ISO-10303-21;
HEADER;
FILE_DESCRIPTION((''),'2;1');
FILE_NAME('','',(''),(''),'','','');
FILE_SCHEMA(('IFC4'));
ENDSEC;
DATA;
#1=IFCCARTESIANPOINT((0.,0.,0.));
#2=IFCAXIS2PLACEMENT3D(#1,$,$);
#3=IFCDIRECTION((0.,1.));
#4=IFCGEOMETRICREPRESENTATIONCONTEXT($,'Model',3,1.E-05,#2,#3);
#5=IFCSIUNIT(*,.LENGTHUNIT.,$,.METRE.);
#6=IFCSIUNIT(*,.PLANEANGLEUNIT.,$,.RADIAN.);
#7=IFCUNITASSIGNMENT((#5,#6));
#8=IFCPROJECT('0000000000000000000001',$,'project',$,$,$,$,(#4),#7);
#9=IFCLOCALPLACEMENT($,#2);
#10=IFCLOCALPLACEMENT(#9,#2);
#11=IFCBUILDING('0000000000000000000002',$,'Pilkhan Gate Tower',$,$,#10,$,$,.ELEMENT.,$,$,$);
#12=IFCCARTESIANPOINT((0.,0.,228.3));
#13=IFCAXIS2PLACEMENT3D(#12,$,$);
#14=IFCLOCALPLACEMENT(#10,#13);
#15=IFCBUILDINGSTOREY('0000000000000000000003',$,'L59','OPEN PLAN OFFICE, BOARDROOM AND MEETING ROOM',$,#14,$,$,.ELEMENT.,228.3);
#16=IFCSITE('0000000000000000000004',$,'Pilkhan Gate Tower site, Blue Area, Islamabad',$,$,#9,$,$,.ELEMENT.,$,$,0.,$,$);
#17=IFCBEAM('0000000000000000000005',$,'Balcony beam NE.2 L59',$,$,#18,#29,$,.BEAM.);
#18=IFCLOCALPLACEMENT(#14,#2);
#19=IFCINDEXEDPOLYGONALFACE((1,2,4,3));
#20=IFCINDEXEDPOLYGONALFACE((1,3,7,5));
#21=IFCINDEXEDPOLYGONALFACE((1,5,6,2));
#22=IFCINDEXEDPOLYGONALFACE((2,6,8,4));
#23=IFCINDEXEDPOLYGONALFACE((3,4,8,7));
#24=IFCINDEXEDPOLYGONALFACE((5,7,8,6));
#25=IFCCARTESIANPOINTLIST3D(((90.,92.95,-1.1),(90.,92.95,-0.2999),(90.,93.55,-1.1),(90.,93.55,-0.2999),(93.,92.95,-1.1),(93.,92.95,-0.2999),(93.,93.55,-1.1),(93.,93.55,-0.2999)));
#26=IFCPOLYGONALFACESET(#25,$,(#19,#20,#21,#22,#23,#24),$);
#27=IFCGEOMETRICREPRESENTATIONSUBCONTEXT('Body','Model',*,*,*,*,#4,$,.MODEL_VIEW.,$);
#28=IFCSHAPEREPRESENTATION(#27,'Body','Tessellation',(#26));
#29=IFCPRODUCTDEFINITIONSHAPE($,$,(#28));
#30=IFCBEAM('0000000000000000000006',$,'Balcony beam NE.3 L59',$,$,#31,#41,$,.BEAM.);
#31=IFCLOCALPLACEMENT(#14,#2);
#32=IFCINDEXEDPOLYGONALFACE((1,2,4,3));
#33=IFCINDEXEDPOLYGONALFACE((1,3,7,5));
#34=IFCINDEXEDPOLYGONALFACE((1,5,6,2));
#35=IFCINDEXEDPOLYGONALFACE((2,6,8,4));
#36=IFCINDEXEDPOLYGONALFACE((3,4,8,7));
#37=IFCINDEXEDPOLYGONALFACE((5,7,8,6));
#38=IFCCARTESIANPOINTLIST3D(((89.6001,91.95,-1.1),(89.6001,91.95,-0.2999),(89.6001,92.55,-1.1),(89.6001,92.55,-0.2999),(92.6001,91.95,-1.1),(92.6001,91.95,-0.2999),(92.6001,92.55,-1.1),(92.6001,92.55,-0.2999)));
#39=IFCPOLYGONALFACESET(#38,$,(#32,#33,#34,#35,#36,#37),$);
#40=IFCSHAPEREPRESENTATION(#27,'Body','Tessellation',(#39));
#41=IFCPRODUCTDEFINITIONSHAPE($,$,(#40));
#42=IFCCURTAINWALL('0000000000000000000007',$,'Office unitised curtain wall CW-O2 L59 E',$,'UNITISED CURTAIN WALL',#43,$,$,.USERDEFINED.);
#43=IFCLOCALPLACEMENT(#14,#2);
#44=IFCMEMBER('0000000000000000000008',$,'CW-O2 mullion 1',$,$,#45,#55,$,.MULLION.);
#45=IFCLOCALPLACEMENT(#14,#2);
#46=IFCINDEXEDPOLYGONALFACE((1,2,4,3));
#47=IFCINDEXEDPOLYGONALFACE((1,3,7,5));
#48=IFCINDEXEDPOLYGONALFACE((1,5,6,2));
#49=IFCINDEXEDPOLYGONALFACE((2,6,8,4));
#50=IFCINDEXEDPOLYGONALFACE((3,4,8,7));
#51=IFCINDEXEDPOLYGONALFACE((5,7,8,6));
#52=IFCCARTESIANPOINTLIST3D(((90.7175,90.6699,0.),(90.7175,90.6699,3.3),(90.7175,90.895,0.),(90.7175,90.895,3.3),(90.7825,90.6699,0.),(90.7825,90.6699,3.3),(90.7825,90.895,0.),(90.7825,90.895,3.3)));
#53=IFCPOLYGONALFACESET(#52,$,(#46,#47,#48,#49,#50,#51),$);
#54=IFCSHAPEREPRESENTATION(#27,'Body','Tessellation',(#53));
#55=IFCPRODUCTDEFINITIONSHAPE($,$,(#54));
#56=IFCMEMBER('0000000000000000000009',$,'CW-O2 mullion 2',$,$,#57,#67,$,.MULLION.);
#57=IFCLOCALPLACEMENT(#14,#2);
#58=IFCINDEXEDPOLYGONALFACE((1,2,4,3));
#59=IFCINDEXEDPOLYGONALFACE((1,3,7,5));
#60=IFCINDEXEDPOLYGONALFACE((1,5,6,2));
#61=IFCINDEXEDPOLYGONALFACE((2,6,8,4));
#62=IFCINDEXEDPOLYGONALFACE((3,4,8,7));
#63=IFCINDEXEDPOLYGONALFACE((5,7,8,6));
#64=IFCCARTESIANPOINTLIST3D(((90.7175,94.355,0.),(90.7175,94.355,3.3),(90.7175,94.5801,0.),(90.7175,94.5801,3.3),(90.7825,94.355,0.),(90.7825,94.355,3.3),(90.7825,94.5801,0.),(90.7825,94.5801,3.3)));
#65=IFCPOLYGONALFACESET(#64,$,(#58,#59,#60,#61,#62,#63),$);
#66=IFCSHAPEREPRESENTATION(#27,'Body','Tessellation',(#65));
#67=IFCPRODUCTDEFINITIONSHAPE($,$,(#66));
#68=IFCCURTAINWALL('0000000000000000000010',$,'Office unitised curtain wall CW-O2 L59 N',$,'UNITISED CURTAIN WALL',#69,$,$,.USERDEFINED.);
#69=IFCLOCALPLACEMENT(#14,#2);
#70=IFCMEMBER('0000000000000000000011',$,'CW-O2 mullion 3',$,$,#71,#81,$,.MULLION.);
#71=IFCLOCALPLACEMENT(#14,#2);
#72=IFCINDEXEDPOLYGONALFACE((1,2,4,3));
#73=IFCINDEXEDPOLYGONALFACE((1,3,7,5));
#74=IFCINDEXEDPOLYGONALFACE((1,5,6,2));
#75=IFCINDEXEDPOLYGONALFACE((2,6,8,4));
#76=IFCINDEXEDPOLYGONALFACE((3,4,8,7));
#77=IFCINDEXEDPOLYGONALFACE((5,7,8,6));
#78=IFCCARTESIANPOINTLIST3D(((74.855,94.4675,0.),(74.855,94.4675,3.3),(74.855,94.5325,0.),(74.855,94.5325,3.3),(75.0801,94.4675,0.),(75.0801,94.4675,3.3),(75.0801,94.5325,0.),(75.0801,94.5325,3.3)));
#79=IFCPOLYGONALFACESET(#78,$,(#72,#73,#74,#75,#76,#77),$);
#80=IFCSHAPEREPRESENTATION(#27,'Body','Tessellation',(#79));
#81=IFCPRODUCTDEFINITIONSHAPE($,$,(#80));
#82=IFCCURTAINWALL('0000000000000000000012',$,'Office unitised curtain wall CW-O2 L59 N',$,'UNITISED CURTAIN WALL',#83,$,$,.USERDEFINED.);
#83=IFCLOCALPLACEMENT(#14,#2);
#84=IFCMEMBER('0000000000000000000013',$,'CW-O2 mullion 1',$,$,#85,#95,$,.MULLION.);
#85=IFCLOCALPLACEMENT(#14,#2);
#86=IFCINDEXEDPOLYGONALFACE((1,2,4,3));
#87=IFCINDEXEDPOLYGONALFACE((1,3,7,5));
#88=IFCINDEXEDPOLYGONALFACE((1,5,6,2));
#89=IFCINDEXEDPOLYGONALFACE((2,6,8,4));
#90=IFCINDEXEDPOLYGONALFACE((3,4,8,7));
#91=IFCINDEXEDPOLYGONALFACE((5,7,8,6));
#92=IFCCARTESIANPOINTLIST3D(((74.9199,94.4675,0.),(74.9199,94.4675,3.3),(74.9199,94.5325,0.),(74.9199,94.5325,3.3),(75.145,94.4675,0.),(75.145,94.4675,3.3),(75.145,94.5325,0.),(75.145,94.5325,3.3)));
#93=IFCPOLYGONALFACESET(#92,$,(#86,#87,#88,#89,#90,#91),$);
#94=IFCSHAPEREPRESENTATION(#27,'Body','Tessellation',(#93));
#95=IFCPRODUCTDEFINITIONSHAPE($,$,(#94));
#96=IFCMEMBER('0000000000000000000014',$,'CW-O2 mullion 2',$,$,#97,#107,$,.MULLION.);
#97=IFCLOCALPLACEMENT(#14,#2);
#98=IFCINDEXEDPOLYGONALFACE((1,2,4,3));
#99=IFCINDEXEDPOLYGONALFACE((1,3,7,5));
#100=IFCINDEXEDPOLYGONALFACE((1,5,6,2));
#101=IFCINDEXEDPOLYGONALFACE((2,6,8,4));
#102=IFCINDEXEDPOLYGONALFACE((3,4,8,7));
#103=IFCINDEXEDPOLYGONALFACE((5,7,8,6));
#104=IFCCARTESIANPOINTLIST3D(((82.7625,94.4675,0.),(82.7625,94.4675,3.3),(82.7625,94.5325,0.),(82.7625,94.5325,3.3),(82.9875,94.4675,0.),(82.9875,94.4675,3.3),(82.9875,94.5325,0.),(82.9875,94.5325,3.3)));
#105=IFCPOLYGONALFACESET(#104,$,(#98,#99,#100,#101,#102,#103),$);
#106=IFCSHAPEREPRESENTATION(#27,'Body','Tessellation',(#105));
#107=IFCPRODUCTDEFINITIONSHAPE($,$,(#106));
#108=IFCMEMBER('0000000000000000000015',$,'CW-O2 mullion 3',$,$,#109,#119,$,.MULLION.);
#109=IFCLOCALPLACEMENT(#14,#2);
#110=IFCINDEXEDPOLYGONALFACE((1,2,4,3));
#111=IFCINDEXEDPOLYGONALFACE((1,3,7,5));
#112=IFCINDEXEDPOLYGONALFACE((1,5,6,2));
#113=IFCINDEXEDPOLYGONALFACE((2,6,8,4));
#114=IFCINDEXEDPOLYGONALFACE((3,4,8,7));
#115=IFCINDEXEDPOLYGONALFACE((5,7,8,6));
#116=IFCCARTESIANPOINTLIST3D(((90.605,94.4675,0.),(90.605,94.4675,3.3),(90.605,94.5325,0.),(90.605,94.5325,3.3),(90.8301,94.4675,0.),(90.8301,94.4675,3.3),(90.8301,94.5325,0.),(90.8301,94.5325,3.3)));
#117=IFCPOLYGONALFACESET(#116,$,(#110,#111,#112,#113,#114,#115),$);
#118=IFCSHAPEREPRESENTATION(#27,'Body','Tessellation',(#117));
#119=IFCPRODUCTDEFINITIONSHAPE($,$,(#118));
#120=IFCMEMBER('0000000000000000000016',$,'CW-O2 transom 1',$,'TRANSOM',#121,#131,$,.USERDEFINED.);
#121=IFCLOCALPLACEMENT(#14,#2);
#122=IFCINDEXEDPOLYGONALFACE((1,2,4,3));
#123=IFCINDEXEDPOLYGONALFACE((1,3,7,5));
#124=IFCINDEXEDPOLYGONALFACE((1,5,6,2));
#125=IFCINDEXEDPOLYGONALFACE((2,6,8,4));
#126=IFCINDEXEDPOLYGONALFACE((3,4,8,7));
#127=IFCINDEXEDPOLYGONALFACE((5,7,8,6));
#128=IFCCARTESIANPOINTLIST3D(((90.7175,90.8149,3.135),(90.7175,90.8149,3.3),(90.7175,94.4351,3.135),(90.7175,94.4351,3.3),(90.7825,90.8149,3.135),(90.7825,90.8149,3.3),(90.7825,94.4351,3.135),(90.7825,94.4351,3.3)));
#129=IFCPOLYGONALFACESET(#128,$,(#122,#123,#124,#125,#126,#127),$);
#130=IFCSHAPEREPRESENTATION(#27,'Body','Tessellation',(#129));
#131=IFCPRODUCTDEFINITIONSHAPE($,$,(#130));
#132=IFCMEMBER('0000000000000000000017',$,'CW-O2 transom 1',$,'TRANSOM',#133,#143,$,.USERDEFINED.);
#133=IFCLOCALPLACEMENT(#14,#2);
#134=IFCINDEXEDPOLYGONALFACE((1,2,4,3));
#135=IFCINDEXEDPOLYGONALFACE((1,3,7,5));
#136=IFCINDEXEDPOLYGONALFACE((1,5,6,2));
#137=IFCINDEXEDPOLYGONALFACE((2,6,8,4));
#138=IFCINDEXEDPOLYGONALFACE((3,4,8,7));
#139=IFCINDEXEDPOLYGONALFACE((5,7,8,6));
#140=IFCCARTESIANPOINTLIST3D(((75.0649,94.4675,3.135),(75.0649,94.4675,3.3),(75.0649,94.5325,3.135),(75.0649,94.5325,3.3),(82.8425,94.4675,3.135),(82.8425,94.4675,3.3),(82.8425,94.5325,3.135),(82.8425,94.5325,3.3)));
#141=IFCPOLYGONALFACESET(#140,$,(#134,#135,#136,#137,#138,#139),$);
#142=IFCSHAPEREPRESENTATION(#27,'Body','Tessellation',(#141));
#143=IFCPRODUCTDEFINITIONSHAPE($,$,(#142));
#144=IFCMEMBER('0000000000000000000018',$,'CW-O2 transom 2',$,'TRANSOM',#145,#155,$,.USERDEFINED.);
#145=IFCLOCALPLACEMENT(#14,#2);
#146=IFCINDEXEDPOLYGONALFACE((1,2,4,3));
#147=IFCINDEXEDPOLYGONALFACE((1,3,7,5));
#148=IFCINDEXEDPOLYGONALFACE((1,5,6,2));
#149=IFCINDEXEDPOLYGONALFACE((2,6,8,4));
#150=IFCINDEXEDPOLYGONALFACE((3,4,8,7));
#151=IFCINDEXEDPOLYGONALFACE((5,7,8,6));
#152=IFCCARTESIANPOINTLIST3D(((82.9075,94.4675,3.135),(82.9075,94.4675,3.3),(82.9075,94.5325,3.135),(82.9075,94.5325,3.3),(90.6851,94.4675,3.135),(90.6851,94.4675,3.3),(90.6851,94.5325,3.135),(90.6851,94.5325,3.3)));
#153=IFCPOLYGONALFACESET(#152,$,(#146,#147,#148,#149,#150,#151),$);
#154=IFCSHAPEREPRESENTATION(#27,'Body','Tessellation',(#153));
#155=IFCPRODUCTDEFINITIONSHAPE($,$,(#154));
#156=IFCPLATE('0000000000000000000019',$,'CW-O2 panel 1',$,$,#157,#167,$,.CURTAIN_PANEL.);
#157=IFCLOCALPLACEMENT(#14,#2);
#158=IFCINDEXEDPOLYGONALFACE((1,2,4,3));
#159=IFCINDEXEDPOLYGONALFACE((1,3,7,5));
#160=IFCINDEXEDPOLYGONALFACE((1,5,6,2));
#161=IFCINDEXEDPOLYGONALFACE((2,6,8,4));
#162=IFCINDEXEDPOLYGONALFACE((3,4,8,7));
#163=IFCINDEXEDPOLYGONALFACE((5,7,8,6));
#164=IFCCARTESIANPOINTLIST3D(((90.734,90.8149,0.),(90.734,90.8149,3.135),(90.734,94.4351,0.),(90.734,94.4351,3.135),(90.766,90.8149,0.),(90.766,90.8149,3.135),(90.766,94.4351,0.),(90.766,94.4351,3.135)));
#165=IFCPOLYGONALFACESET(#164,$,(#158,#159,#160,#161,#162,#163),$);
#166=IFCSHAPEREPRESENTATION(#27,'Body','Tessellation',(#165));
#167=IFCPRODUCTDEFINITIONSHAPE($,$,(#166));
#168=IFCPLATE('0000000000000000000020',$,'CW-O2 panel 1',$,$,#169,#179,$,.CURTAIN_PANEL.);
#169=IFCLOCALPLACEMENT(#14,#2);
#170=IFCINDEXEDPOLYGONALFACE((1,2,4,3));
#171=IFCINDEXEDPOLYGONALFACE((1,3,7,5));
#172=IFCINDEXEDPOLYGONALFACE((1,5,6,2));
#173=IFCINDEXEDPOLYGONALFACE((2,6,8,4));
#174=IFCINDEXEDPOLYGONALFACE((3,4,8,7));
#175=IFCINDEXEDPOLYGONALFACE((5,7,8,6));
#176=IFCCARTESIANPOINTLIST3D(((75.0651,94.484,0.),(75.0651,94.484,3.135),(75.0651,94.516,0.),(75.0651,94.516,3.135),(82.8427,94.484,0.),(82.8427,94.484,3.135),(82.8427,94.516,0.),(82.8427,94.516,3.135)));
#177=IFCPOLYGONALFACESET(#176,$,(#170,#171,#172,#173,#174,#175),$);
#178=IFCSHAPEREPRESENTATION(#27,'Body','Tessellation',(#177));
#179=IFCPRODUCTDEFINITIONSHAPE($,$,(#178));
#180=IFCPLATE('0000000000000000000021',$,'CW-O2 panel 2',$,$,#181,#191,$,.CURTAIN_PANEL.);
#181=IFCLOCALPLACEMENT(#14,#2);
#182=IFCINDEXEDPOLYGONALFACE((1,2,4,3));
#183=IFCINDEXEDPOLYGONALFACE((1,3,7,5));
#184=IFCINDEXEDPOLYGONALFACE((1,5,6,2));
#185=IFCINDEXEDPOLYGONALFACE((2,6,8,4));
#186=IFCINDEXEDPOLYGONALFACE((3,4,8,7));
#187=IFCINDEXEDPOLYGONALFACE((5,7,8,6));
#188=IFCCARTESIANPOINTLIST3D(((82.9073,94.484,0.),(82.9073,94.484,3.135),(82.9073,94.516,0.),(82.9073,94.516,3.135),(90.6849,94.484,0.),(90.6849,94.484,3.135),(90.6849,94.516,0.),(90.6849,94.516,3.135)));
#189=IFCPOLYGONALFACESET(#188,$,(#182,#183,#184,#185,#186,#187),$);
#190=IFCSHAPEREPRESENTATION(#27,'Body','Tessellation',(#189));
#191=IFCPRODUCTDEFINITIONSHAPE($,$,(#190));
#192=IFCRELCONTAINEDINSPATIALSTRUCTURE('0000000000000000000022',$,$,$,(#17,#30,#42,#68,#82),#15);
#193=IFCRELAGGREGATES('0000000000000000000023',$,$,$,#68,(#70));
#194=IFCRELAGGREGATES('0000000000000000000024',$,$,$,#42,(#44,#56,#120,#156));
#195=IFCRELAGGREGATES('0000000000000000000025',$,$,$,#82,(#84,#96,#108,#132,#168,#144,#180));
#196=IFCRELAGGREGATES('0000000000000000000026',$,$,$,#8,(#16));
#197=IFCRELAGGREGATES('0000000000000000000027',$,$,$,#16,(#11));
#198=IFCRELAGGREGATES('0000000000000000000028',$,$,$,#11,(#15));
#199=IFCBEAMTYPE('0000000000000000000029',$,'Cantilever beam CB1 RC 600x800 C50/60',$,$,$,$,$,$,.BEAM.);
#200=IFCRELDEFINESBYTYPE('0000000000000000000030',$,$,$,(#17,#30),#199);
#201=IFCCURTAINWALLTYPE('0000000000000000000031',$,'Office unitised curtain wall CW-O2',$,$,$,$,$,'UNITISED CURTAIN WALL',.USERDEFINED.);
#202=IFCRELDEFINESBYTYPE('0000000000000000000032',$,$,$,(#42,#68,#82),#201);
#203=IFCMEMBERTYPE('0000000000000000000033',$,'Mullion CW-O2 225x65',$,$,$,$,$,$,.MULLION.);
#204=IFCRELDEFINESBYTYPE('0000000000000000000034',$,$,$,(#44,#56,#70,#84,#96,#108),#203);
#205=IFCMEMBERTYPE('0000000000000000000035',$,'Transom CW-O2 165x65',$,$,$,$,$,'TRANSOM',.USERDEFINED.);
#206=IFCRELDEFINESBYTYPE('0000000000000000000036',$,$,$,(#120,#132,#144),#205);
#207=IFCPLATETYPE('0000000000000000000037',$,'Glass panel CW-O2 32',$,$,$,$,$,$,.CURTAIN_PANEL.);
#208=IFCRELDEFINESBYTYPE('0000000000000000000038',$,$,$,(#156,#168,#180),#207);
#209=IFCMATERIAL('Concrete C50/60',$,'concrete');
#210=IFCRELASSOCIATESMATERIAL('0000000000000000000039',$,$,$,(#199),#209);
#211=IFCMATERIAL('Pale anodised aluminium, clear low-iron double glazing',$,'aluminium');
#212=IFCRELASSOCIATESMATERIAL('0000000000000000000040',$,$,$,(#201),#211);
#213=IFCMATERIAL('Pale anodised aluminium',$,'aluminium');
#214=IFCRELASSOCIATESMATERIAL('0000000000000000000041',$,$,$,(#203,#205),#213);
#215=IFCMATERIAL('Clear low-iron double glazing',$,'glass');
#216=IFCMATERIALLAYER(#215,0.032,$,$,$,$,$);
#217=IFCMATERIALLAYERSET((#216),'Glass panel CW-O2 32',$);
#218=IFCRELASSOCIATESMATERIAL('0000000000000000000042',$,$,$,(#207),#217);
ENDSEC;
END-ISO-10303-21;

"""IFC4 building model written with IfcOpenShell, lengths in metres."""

from ifc_helpers import new_model, si_unit, direction, frame, origin, origin_2d, place, context, subcontext, project, spatial, rectangle, extrude, material, layer, layer_set, material_profile, profile_set, type_object, element, aggregate, save


model = new_model("IFC4")

# Units and contexts
model_context = context("Model", 3, precision=1e-05, world=origin(), true_north=direction((0.0, 1.0)))
body_context = subcontext(model_context, "Body", "Model", "MODEL_VIEW")
ifc_project = project(units=[si_unit("LENGTHUNIT", "METRE"), si_unit("PLANEANGLEUNIT", "RADIAN")], contexts=[model_context])

# Site, building, storey
site_placement = place(None, origin())
site = spatial("IfcSite", under=ifc_project, at=site_placement, Name="Pilkhan Gate Tower site, Blue Area, Islamabad", CompositionType="ELEMENT", RefElevation=0.0)
building_placement = place(site_placement, origin())
building = spatial("IfcBuilding", under=site, at=building_placement, Name="Pilkhan Gate Tower", CompositionType="ELEMENT")
storey_placement = place(building_placement, frame((0.0, 0.0, 228.3)))
storey = spatial("IfcBuildingStorey", under=building, at=storey_placement, Name="L59", Description="OPEN PLAN OFFICE, BOARDROOM AND MEETING ROOM", CompositionType="ELEMENT", Elevation=228.3)

# Beams
ifc_material_1 = material(Name="Concrete C50/60", Category="concrete")
ifc_material_profile_1 = material_profile(ifc_material_1, rectangle(XDim=0.6001, YDim=0.8, at=origin_2d()), Name="RC 600x800")
ifc_profile_set_1 = profile_set([ifc_material_profile_1], Name="Concrete C50/60")
beam_type = type_object("IfcBeamType", Name="Cantilever beam CB1 RC 600x800 C50/60", PredefinedType="BEAM", material=ifc_profile_set_1)
for number, where, z_axis, x_axis, name in (
    (1, (90.0, 93.25, -0.7), (1.0, 0.0, 0.0), (0.0, 1.0, 0.0), "Balcony beam NE.2 L59"),
    (2, (89.6001, 92.25, -0.7), (1.0, 0.0, 0.0), (0.0, 1.0, 0.0), "Balcony beam NE.3 L59"),
):
    element("IfcBeam", number, at=place(storey_placement, frame(where, z_axis=z_axis, x_axis=x_axis)), inside=storey, type_object=beam_type, Name=name, PredefinedType="BEAM", context=body_context, shape_type="SweptSolid", body=[
        extrude(rectangle(XDim=0.6001, YDim=0.8, at=origin_2d()), origin(), (0.0, 0.0, 1.0), 3.0),
    ])

# Curtain wall, members
ifc_material_2 = material(Name="Pale anodised aluminium, clear low-iron double glazing", Category="aluminium")
curtain_wall_type = type_object("IfcCurtainWallType", Name="Office unitised curtain wall CW-O2", ElementType="UNITISED CURTAIN WALL", PredefinedType="USERDEFINED", material=ifc_material_2)
curtain_wall_1_placement = place(storey_placement, origin())
curtain_wall_1 = element("IfcCurtainWall", 3, at=curtain_wall_1_placement, inside=storey, type_object=curtain_wall_type, Name="Office unitised curtain wall CW-O2 L59 E", ObjectType="UNITISED CURTAIN WALL", PredefinedType="USERDEFINED")
ifc_material_3 = material(Name="Pale anodised aluminium", Category="aluminium")
ifc_material_profile_2 = material_profile(ifc_material_3, rectangle(XDim=0.0649, YDim=0.2251, at=origin_2d()), Name="Mullion 225x65")
ifc_profile_set_2 = profile_set([ifc_material_profile_2], Name="Pale anodised aluminium")
member_type_1 = type_object("IfcMemberType", Name="Mullion CW-O2 225x65", PredefinedType="MULLION", material=ifc_profile_set_2)
member_1_placement = place(storey_placement, frame((90.75, 90.7825, 0.0), z_axis=(0.0, 0.0, 1.0), x_axis=(-1.0, 0.0, 0.0)))
member_1 = element("IfcMember", 4, at=member_1_placement, type_object=member_type_1, Name="CW-O2 mullion 1", PredefinedType="MULLION", context=body_context, shape_type="SweptSolid", body=[
    extrude(rectangle(XDim=0.0649, YDim=0.2251, at=origin_2d()), origin(), (0.0, 0.0, 1.0), 3.3),
])
member_2_placement = place(storey_placement, frame((90.75, 94.4675, 0.0), z_axis=(0.0, 0.0, 1.0), x_axis=(-1.0, 0.0, 0.0)))
member_2 = element("IfcMember", 5, at=member_2_placement, type_object=member_type_1, Name="CW-O2 mullion 2", PredefinedType="MULLION", context=body_context, shape_type="SweptSolid", body=[
    extrude(rectangle(XDim=0.0649, YDim=0.2251, at=origin_2d()), origin(), (0.0, 0.0, 1.0), 3.3),
])

# Curtain wall, member
curtain_wall_2_placement = place(storey_placement, origin())
curtain_wall_2 = element("IfcCurtainWall", 6, at=curtain_wall_2_placement, inside=storey, type_object=curtain_wall_type, Name="Office unitised curtain wall CW-O2 L59 N", ObjectType="UNITISED CURTAIN WALL", PredefinedType="USERDEFINED")
member_3_placement = place(storey_placement, frame((74.9675, 94.5, 0.0), z_axis=(0.0, 0.0, 1.0), x_axis=(0.0, 1.0, 0.0)))
member_3 = element("IfcMember", 7, at=member_3_placement, type_object=member_type_1, Name="CW-O2 mullion 3", PredefinedType="MULLION", context=body_context, shape_type="SweptSolid", body=[
    extrude(rectangle(XDim=0.0649, YDim=0.2251, at=origin_2d()), origin(), (0.0, 0.0, 1.0), 3.3),
])
aggregate(curtain_wall_2, [member_3])

# Curtain wall, members
curtain_wall_3_placement = place(storey_placement, origin())
curtain_wall_3 = element("IfcCurtainWall", 8, at=curtain_wall_3_placement, inside=storey, type_object=curtain_wall_type, Name="Office unitised curtain wall CW-O2 L59 N", ObjectType="UNITISED CURTAIN WALL", PredefinedType="USERDEFINED")
member_4_placement = place(storey_placement, frame((75.0325, 94.5, 0.0), z_axis=(0.0, 0.0, 1.0), x_axis=(0.0, 1.0, 0.0)))
member_4 = element("IfcMember", 9, at=member_4_placement, type_object=member_type_1, Name="CW-O2 mullion 1", PredefinedType="MULLION", context=body_context, shape_type="SweptSolid", body=[
    extrude(rectangle(XDim=0.0649, YDim=0.2251, at=origin_2d()), origin(), (0.0, 0.0, 1.0), 3.3),
])
member_5_placement = place(storey_placement, frame((82.875, 94.5, 0.0), z_axis=(0.0, 0.0, 1.0), x_axis=(0.0, 1.0, 0.0)))
member_5 = element("IfcMember", 10, at=member_5_placement, type_object=member_type_1, Name="CW-O2 mullion 2", PredefinedType="MULLION", context=body_context, shape_type="SweptSolid", body=[
    extrude(rectangle(XDim=0.0649, YDim=0.2251, at=origin_2d()), origin(), (0.0, 0.0, 1.0), 3.3),
])
member_6_placement = place(storey_placement, frame((90.7175, 94.5, 0.0), z_axis=(0.0, 0.0, 1.0), x_axis=(0.0, 1.0, 0.0)))
member_6 = element("IfcMember", 11, at=member_6_placement, type_object=member_type_1, Name="CW-O2 mullion 3", PredefinedType="MULLION", context=body_context, shape_type="SweptSolid", body=[
    extrude(rectangle(XDim=0.0649, YDim=0.2251, at=origin_2d()), origin(), (0.0, 0.0, 1.0), 3.3),
])

# Members
ifc_material_profile_3 = material_profile(ifc_material_3, rectangle(XDim=0.0649, YDim=0.165, at=origin_2d()), Name="Transom 165x65")
ifc_profile_set_3 = profile_set([ifc_material_profile_3], Name="Pale anodised aluminium")
member_type_2 = type_object("IfcMemberType", Name="Transom CW-O2 165x65", ElementType="TRANSOM", PredefinedType="USERDEFINED", material=ifc_profile_set_3)
member_7_placement = place(storey_placement, frame((90.75, 90.8149, 3.2175), z_axis=(0.0, 1.0, 0.0), x_axis=(-1.0, 0.0, 0.0)))
member_7 = element("IfcMember", 12, at=member_7_placement, type_object=member_type_2, Name="CW-O2 transom 1", ObjectType="TRANSOM", PredefinedType="USERDEFINED", context=body_context, shape_type="SweptSolid", body=[
    extrude(rectangle(XDim=0.0649, YDim=0.165, at=origin_2d()), origin(), (0.0, 0.0, 1.0), 3.6201),
])
member_8_placement = place(storey_placement, frame((75.0649, 94.5, 3.2175), z_axis=(1.0, 0.0, 0.0), x_axis=(0.0, 1.0, 0.0)))
member_8 = element("IfcMember", 13, at=member_8_placement, type_object=member_type_2, Name="CW-O2 transom 1", ObjectType="TRANSOM", PredefinedType="USERDEFINED", context=body_context, shape_type="SweptSolid", body=[
    extrude(rectangle(XDim=0.0649, YDim=0.165, at=origin_2d()), origin(), (0.0, 0.0, 1.0), 7.7776),
])
member_9_placement = place(storey_placement, frame((82.9075, 94.5, 3.2175), z_axis=(1.0, 0.0, 0.0), x_axis=(0.0, 1.0, 0.0)))
member_9 = element("IfcMember", 14, at=member_9_placement, type_object=member_type_2, Name="CW-O2 transom 2", ObjectType="TRANSOM", PredefinedType="USERDEFINED", context=body_context, shape_type="SweptSolid", body=[
    extrude(rectangle(XDim=0.0649, YDim=0.165, at=origin_2d()), origin(), (0.0, 0.0, 1.0), 7.7776),
])

# Plates
ifc_material_4 = material(Name="Clear low-iron double glazing", Category="glass")
ifc_layer_1 = layer(ifc_material_4, 0.032)
ifc_layer_set_1 = layer_set([ifc_layer_1], Name="Glass panel CW-O2 32")
plate_type = type_object("IfcPlateType", Name="Glass panel CW-O2 32", PredefinedType="CURTAIN_PANEL", material=ifc_layer_set_1)
plate_1_placement = place(storey_placement, frame((90.75, 92.625, 0.0), z_axis=(0.0, 0.0, 1.0), x_axis=(0.0, 1.0, 0.0)))
plate_1 = element("IfcPlate", 15, at=plate_1_placement, type_object=plate_type, Name="CW-O2 panel 1", PredefinedType="CURTAIN_PANEL", context=body_context, shape_type="SweptSolid", body=[
    extrude(rectangle(XDim=3.6201, YDim=0.032, at=origin_2d()), origin(), (0.0, 0.0, 1.0), 3.135),
])
aggregate(curtain_wall_1, [member_1, member_2, member_7, plate_1])
plate_2_placement = place(storey_placement, frame((78.9539, 94.5, 0.0), z_axis=(0.0, 0.0, 1.0), x_axis=(1.0, 0.0, 0.0)))
plate_2 = element("IfcPlate", 16, at=plate_2_placement, type_object=plate_type, Name="CW-O2 panel 1", PredefinedType="CURTAIN_PANEL", context=body_context, shape_type="SweptSolid", body=[
    extrude(rectangle(XDim=7.7776, YDim=0.032, at=origin_2d()), origin(), (0.0, 0.0, 1.0), 3.135),
])
plate_3_placement = place(storey_placement, frame((86.7961, 94.5, 0.0), z_axis=(0.0, 0.0, 1.0), x_axis=(1.0, 0.0, 0.0)))
plate_3 = element("IfcPlate", 17, at=plate_3_placement, type_object=plate_type, Name="CW-O2 panel 2", PredefinedType="CURTAIN_PANEL", context=body_context, shape_type="SweptSolid", body=[
    extrude(rectangle(XDim=7.7776, YDim=0.032, at=origin_2d()), origin(), (0.0, 0.0, 1.0), 3.135),
])
aggregate(curtain_wall_3, [member_4, member_5, member_6, member_8, plate_2, member_9, plate_3])

save(model, "model.ifc")
